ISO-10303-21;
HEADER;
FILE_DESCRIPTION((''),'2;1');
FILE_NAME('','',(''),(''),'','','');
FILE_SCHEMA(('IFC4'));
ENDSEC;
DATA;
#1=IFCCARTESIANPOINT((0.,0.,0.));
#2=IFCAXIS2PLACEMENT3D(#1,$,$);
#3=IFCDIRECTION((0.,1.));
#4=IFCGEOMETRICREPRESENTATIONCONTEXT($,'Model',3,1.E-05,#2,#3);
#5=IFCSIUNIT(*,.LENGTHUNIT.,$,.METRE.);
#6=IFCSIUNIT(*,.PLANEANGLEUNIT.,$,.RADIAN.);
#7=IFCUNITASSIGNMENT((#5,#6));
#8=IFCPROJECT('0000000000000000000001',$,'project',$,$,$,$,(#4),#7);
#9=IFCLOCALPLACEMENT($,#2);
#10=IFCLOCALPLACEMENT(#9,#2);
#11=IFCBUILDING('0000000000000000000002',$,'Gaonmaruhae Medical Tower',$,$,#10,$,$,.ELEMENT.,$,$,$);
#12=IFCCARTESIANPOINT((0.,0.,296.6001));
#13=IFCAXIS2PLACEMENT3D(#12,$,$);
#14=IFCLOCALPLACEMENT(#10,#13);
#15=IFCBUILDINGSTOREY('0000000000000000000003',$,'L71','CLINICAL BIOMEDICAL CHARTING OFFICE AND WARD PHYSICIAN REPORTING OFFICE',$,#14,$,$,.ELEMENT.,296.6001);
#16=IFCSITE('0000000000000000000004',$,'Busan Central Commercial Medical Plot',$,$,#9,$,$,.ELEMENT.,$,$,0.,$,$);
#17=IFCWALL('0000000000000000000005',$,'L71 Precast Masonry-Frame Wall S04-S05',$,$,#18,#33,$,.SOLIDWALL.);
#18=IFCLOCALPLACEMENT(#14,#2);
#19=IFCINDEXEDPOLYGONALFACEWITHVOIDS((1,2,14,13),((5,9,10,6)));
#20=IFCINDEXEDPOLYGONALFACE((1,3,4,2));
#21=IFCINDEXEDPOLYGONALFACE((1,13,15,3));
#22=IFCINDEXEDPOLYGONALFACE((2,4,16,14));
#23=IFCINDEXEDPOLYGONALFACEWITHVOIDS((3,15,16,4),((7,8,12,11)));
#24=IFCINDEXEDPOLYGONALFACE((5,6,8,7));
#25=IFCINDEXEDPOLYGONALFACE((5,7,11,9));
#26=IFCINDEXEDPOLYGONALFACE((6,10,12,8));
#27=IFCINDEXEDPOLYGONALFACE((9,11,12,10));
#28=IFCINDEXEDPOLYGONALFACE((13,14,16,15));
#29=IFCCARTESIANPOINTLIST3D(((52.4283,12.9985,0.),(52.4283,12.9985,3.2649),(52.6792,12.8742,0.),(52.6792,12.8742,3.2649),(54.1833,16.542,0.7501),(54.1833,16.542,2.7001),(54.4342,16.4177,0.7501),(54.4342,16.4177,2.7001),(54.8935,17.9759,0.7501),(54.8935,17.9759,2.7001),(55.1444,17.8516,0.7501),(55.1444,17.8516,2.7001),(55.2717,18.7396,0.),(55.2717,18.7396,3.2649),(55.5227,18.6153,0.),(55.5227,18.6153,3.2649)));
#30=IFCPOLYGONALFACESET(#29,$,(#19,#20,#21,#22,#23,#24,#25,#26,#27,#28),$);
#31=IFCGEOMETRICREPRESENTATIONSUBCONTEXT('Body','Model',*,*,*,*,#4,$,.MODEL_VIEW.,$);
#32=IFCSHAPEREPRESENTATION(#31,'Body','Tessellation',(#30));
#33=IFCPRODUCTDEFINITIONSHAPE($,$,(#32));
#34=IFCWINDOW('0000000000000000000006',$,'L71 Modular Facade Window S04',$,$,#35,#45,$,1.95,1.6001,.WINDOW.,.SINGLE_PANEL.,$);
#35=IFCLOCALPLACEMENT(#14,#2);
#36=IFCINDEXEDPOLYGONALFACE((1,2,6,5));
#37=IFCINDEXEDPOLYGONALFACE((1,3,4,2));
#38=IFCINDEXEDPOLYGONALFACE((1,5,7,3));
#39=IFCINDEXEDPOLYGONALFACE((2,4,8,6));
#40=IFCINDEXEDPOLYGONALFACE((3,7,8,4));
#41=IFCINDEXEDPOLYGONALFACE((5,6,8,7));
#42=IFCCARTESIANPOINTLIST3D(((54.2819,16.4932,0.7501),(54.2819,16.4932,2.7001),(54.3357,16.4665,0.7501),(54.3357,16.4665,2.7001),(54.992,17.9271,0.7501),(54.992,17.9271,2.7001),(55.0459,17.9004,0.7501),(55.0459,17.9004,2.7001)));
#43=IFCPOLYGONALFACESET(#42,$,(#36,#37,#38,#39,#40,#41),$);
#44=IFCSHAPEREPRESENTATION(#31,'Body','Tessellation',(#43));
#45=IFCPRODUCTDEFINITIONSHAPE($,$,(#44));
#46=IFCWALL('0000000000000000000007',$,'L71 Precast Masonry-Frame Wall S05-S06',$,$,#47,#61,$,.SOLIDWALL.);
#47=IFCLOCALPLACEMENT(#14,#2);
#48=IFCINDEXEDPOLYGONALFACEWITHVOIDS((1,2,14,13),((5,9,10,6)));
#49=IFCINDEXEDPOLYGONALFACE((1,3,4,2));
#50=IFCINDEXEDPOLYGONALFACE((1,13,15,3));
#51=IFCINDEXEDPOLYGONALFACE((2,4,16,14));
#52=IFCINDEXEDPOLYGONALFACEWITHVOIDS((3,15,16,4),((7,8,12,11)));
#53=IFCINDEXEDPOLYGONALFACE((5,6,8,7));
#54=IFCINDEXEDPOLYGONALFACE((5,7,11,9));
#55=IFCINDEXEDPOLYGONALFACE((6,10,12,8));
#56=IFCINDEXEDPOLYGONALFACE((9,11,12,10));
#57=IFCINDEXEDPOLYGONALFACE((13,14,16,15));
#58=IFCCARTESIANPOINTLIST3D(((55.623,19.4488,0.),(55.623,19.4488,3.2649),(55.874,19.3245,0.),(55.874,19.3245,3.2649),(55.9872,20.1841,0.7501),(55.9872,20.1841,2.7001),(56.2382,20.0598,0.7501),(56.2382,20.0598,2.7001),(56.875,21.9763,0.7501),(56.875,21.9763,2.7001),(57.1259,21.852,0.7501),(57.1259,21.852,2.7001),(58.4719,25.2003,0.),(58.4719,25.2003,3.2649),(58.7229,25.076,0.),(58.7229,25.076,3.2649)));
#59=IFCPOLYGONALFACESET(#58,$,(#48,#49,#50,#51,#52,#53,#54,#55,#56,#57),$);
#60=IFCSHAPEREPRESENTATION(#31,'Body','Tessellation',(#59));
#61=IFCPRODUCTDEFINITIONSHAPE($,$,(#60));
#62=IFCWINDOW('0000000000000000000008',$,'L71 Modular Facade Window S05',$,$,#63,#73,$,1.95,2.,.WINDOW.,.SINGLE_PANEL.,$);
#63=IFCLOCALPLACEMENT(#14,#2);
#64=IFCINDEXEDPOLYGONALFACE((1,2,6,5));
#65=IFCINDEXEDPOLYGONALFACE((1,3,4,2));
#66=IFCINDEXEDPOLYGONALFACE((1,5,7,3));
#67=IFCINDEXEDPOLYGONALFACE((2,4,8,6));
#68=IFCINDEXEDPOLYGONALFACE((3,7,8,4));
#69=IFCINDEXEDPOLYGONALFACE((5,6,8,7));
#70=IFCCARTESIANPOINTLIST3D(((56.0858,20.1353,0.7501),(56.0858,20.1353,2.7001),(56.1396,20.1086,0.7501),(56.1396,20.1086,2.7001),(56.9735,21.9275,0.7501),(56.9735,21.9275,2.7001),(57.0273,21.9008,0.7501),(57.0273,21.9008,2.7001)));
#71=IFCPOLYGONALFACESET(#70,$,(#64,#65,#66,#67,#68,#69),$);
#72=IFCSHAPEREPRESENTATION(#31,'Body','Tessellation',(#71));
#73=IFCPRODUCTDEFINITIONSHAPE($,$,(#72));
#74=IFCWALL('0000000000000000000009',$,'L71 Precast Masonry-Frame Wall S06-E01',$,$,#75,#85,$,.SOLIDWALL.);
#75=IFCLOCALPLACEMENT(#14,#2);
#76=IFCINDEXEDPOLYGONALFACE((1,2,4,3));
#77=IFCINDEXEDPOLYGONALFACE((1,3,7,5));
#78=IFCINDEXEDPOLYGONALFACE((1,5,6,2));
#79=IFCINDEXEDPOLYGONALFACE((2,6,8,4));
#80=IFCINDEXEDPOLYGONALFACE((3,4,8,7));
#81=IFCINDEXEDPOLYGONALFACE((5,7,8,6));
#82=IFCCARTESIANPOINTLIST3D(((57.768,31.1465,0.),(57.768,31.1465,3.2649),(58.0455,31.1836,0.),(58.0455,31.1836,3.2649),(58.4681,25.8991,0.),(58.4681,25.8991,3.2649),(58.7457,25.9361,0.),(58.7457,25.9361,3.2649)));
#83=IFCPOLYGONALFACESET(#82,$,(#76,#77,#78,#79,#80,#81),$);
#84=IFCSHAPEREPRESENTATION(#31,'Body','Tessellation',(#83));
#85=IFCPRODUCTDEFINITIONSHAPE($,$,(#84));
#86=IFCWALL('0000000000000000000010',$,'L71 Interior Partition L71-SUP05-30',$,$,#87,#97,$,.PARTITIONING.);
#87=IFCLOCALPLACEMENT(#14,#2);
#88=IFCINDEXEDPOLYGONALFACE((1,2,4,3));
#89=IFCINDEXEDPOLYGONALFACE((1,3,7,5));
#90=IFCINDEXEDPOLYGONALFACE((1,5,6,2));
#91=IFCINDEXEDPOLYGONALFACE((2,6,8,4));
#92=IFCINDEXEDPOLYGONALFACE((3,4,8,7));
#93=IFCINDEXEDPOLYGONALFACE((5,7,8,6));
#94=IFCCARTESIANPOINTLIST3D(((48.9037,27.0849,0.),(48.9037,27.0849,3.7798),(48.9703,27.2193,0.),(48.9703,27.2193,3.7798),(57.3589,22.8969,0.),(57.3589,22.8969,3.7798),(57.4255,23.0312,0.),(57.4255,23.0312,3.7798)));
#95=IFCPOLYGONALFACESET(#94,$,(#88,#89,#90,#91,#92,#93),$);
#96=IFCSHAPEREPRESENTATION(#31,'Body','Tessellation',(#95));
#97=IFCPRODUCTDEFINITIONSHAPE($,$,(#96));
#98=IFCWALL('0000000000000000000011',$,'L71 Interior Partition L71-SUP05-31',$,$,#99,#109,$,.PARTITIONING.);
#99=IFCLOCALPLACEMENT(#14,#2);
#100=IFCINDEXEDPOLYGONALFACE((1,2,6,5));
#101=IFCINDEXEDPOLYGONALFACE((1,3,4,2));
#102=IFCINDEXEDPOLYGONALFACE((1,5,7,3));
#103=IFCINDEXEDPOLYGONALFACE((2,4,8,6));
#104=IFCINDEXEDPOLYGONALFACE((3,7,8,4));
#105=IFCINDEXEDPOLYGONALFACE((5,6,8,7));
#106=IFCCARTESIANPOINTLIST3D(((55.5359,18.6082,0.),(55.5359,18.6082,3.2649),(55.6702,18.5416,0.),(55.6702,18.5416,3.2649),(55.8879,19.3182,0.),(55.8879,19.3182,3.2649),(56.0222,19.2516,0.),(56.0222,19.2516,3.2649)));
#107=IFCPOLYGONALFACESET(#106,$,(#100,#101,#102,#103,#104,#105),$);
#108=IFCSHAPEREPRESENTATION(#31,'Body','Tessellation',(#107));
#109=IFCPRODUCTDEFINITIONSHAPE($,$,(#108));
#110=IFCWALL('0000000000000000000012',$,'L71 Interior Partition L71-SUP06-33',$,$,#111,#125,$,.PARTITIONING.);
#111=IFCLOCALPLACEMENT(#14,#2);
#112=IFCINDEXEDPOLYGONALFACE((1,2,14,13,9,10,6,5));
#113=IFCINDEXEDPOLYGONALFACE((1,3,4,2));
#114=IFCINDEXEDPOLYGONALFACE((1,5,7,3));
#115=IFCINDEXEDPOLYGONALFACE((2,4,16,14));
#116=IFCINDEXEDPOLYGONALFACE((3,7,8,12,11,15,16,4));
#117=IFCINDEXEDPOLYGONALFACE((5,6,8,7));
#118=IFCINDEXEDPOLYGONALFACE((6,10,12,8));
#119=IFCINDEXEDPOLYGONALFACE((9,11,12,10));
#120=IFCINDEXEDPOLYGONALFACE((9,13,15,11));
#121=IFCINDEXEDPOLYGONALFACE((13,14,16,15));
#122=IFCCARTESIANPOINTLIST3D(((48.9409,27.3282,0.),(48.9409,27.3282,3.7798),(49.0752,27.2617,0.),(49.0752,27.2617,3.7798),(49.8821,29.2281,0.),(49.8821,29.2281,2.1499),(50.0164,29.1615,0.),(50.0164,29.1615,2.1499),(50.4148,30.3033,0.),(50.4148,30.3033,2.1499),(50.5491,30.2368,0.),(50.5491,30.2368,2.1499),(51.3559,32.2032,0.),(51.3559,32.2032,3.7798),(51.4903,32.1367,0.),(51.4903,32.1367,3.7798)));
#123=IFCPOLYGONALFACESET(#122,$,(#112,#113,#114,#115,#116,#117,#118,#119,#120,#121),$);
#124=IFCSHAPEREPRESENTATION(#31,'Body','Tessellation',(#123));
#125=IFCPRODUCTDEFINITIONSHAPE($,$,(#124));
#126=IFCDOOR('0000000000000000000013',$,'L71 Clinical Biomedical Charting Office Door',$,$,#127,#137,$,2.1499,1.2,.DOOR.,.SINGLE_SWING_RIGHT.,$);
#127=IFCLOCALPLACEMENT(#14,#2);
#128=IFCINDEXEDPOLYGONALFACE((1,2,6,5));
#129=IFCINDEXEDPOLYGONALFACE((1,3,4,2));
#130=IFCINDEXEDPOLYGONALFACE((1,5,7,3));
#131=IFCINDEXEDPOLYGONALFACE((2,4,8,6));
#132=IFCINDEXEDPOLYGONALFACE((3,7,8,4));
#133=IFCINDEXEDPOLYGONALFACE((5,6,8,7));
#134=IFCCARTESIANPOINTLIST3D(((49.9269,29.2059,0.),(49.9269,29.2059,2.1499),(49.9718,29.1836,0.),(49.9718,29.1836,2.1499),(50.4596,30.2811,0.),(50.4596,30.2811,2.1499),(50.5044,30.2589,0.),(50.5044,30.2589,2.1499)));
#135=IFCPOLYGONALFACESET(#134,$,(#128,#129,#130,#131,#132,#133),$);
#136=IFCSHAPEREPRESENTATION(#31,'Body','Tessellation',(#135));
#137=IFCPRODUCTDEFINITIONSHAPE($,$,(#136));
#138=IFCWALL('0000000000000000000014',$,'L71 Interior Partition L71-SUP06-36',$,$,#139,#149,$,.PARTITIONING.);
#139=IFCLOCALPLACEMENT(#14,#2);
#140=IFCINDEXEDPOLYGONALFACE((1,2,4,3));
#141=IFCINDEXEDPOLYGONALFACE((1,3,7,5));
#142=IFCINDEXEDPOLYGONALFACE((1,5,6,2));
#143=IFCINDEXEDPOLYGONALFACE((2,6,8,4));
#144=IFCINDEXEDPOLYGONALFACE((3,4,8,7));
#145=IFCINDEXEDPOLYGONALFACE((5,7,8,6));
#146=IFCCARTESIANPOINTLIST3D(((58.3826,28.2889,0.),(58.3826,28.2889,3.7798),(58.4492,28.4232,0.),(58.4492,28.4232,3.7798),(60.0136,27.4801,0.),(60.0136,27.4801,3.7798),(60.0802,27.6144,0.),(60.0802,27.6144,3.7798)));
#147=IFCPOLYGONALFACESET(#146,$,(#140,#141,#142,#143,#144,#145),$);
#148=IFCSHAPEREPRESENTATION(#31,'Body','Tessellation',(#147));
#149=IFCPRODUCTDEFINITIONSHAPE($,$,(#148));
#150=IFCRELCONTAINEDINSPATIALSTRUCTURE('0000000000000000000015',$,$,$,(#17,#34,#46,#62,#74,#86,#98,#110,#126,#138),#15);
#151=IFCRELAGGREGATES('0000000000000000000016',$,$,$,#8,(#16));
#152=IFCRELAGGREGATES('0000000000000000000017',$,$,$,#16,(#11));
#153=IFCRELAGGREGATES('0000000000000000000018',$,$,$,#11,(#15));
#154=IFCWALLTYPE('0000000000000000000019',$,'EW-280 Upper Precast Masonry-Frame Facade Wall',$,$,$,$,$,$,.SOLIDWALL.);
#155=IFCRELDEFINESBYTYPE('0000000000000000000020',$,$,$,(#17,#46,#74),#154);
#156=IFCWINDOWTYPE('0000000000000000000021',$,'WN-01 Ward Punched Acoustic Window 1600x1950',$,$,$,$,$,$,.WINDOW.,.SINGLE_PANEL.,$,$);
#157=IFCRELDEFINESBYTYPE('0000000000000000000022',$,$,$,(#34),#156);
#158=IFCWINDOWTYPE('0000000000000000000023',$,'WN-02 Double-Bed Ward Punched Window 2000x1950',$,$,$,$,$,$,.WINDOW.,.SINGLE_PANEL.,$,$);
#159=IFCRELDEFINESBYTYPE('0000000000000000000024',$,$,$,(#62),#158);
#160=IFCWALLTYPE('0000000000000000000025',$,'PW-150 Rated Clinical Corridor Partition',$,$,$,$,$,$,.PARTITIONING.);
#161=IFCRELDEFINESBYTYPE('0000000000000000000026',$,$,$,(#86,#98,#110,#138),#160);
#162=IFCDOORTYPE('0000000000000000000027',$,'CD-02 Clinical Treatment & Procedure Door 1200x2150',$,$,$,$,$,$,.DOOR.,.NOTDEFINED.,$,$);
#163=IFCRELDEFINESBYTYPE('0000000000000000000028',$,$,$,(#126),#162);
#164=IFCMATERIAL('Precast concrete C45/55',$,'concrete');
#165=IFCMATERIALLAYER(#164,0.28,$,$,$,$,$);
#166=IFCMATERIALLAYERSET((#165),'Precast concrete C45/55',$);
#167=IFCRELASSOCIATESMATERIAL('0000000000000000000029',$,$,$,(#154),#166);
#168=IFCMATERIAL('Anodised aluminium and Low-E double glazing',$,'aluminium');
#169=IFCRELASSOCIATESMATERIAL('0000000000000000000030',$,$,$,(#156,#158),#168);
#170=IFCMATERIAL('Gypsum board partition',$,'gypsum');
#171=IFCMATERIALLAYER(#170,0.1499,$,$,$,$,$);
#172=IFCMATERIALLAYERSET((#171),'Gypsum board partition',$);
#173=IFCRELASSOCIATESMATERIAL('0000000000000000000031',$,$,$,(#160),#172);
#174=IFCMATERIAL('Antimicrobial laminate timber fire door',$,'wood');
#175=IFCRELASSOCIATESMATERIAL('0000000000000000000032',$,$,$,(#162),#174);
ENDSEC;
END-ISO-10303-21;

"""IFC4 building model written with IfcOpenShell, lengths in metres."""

from ifc_helpers import new_model, si_unit, direction, frame, frame_2d, origin, place, context, subcontext, project, spatial, rectangle, extrude, material, layer, layer_set, type_object, element, fill, save


model = new_model("IFC4")

# Units and contexts
model_context = context("Model", 3, precision=1e-05, world=origin(), true_north=direction((0.0, 1.0)))
body_context = subcontext(model_context, "Body", "Model", "MODEL_VIEW")
ifc_project = project(units=[si_unit("LENGTHUNIT", "METRE"), si_unit("PLANEANGLEUNIT", "RADIAN")], contexts=[model_context])

# Site, building, storey
site_placement = place(None, origin())
site = spatial("IfcSite", under=ifc_project, at=site_placement, Name="Busan Central Commercial Medical Plot", CompositionType="ELEMENT", RefElevation=0.0)
building_placement = place(site_placement, origin())
building = spatial("IfcBuilding", under=site, at=building_placement, Name="Gaonmaruhae Medical Tower", CompositionType="ELEMENT")
storey_placement = place(building_placement, frame((0.0, 0.0, 296.6001)))
storey = spatial("IfcBuildingStorey", under=building, at=storey_placement, Name="L71", Description="CLINICAL BIOMEDICAL CHARTING OFFICE AND WARD PHYSICIAN REPORTING OFFICE", CompositionType="ELEMENT", Elevation=296.6001)

# Walls, openings, windows
ifc_material_1 = material(Name="Precast concrete C45/55", Category="concrete")
ifc_layer_1 = layer(ifc_material_1, 0.28)
ifc_layer_set_1 = layer_set([ifc_layer_1], Name="Precast concrete C45/55")
wall_type_1 = type_object("IfcWallType", Name="EW-280 Upper Precast Masonry-Frame Facade Wall", PredefinedType="SOLIDWALL", material=ifc_layer_set_1)
wall_1_placement = place(storey_placement, frame((55.3972, 18.6775, 0.0), z_axis=(0.0, 0.0, 1.0), x_axis=(-0.443827, -0.896113, 0.0)))
wall_1 = element("IfcWall", 1, at=wall_1_placement, inside=storey, type_object=wall_type_1, Name="L71 Precast Masonry-Frame Wall S04-S05", PredefinedType="SOLIDWALL", context=body_context, shape_type="SweptSolid", body=[
    extrude(rectangle(XDim=6.4067, YDim=0.28, at=frame_2d((3.2034, 0.0))), origin(), (0.0, 0.0, 1.0), 3.2649),
])
opening_1_placement = place(wall_1_placement, frame((0.8523, 0.0, 0.75)))
opening_1 = element("IfcOpeningElement", 2, at=opening_1_placement, cuts=wall_1, PredefinedType="OPENING", context=body_context, shape_type="SweptSolid", body=[
    extrude(rectangle(XDim=1.6001, YDim=1.95, at=frame_2d((0.8, 0.9751))), frame((0.0, 0.1499, 0.0), z_axis=(0.0, -1.0, 0.0), x_axis=(1.0, 0.0, 0.0)), (0.0, 0.0, 1.0), 0.3),
])
ifc_material_2 = material(Name="Anodised aluminium and Low-E double glazing", Category="aluminium")
window_type_1 = type_object("IfcWindowType", Name="WN-01 Ward Punched Acoustic Window 1600x1950", PartitioningType="SINGLE_PANEL", PredefinedType="WINDOW", material=ifc_material_2)
window_1_placement = place(opening_1_placement, origin())
window_1 = element("IfcWindow", 3, at=window_1_placement, inside=storey, type_object=window_type_1, Name="L71 Modular Facade Window S04", OverallHeight=1.95, OverallWidth=1.6001, PartitioningType="SINGLE_PANEL", PredefinedType="WINDOW", context=body_context, shape_type="SweptSolid", body=[
    extrude(rectangle(XDim=1.6001, YDim=1.95, at=frame_2d((0.8, 0.9751))), frame((0.0, 0.03, 0.0), z_axis=(0.0, -1.0, 0.0), x_axis=(1.0, 0.0, 0.0)), (0.0, 0.0, 1.0), 0.0601),
])
fill(opening_1, window_1)
wall_2_placement = place(storey_placement, frame((58.5974, 25.1382, 0.0), z_axis=(0.0, 0.0, 1.0), x_axis=(-0.443863, -0.896095, 0.0)))
wall_2 = element("IfcWall", 4, at=wall_2_placement, inside=storey, type_object=wall_type_1, Name="L71 Precast Masonry-Frame Wall S05-S06", PredefinedType="SOLIDWALL", context=body_context, shape_type="SweptSolid", body=[
    extrude(rectangle(XDim=6.4185, YDim=0.28, at=frame_2d((3.2092, 0.0))), origin(), (0.0, 0.0, 1.0), 3.2649),
])
opening_2_placement = place(wall_2_placement, frame((3.5979, 0.0, 0.75)))
opening_2 = element("IfcOpeningElement", 5, at=opening_2_placement, cuts=wall_2, PredefinedType="OPENING", context=body_context, shape_type="SweptSolid", body=[
    extrude(rectangle(XDim=2.0, YDim=1.95, at=frame_2d((1.0, 0.9751))), frame((0.0, 0.1499, 0.0), z_axis=(0.0, -1.0, 0.0), x_axis=(1.0, 0.0, 0.0)), (0.0, 0.0, 1.0), 0.3),
])
window_type_2 = type_object("IfcWindowType", Name="WN-02 Double-Bed Ward Punched Window 2000x1950", PartitioningType="SINGLE_PANEL", PredefinedType="WINDOW", material=ifc_material_2)
window_2_placement = place(opening_2_placement, origin())
window_2 = element("IfcWindow", 6, at=window_2_placement, inside=storey, type_object=window_type_2, Name="L71 Modular Facade Window S05", OverallHeight=1.95, OverallWidth=2.0, PartitioningType="SINGLE_PANEL", PredefinedType="WINDOW", context=body_context, shape_type="SweptSolid", body=[
    extrude(rectangle(XDim=2.0, YDim=1.95, at=frame_2d((1.0, 0.9751))), frame((0.0, 0.03, 0.0), z_axis=(0.0, -1.0, 0.0), x_axis=(1.0, 0.0, 0.0)), (0.0, 0.0, 1.0), 0.0601),
])
fill(opening_2, window_2)

# Walls
wall_3_placement = place(storey_placement, frame((57.9067, 31.165, 0.0), z_axis=(0.0, 0.0, 1.0), x_axis=(0.13226, -0.991215, 0.0)))
element("IfcWall", 7, at=wall_3_placement, inside=storey, type_object=wall_type_1, Name="L71 Precast Masonry-Frame Wall S06-E01", PredefinedType="SOLIDWALL", context=body_context, shape_type="SweptSolid", body=[
    extrude(rectangle(XDim=5.2939, YDim=0.28, at=frame_2d((2.647, 0.0))), origin(), (0.0, 0.0, 1.0), 3.2649),
])
ifc_material_3 = material(Name="Gypsum board partition", Category="gypsum")
ifc_layer_2 = layer(ifc_material_3, 0.1499)
ifc_layer_set_2 = layer_set([ifc_layer_2], Name="Gypsum board partition")
wall_type_2 = type_object("IfcWallType", Name="PW-150 Rated Clinical Corridor Partition", PredefinedType="PARTITIONING", material=ifc_layer_set_2)
wall_4_placement = place(storey_placement, frame((48.937, 27.1521, 0.0), z_axis=(0.0, 0.0, 1.0), x_axis=(0.896098, -0.443857, 0.0)))
element("IfcWall", 8, at=wall_4_placement, inside=storey, type_object=wall_type_2, Name="L71 Interior Partition L71-SUP05-30", PredefinedType="PARTITIONING", context=body_context, shape_type="SweptSolid", body=[
    extrude(rectangle(XDim=9.4355, YDim=0.1499, at=frame_2d((4.7178, 0.0))), origin(), (0.0, 0.0, 1.0), 3.7798),
])
wall_5_placement = place(storey_placement, frame((55.9551, 19.2849, 0.0), z_axis=(0.0, 0.0, 1.0), x_axis=(-0.444254, -0.895901, 0.0)))
element("IfcWall", 9, at=wall_5_placement, inside=storey, type_object=wall_type_2, Name="L71 Interior Partition L71-SUP05-31", PredefinedType="PARTITIONING", context=body_context, shape_type="SweptSolid", body=[
    extrude(rectangle(XDim=0.7925, YDim=0.1499, at=frame_2d((0.3962, 0.0))), origin(), (0.0, 0.0, 1.0), 3.2649),
])

# Wall, opening, door
wall_6_placement = place(storey_placement, frame((49.0081, 27.2949, 0.0), z_axis=(0.0, 0.0, 1.0), x_axis=(0.443908, 0.896073, 0.0)))
wall_6 = element("IfcWall", 10, at=wall_6_placement, inside=storey, type_object=wall_type_2, Name="L71 Interior Partition L71-SUP06-33", PredefinedType="PARTITIONING", context=body_context, shape_type="SweptSolid", body=[
    extrude(rectangle(XDim=5.4404, YDim=0.1499, at=frame_2d((2.7202, 0.0))), origin(), (0.0, 0.0, 1.0), 3.7798),
])
opening_3_placement = place(wall_6_placement, frame((2.1201, 0.0, 0.0)))
opening_3 = element("IfcOpeningElement", 11, at=opening_3_placement, cuts=wall_6, PredefinedType="OPENING", context=body_context, shape_type="SweptSolid", body=[
    extrude(rectangle(XDim=1.2, YDim=2.1499, at=frame_2d((0.6001, 1.075))), frame((0.0, 0.085, 0.0), z_axis=(0.0, -1.0, 0.0), x_axis=(1.0, 0.0, 0.0)), (0.0, 0.0, 1.0), 0.1699),
])
ifc_material_4 = material(Name="Antimicrobial laminate timber fire door", Category="wood")
door_type = type_object("IfcDoorType", Name="CD-02 Clinical Treatment & Procedure Door 1200x2150", OperationType="NOTDEFINED", PredefinedType="DOOR", material=ifc_material_4)
door_1_placement = place(opening_3_placement, origin())
door_1 = element("IfcDoor", 12, at=door_1_placement, inside=storey, type_object=door_type, Name="L71 Clinical Biomedical Charting Office Door", OperationType="SINGLE_SWING_RIGHT", OverallHeight=2.1499, OverallWidth=1.2, PredefinedType="DOOR", context=body_context, shape_type="SweptSolid", body=[
    extrude(rectangle(XDim=1.2, YDim=2.1499, at=frame_2d((0.6001, 1.075))), frame((0.0, 0.0249, 0.0), z_axis=(0.0, -1.0, 0.0), x_axis=(1.0, 0.0, 0.0)), (0.0, 0.0, 1.0), 0.05),
])
fill(opening_3, door_1)

# Wall
wall_7_placement = place(storey_placement, frame((58.416, 28.356, 0.0), z_axis=(0.0, 0.0, 1.0), x_axis=(0.895897, -0.444261, 0.0)))
element("IfcWall", 13, at=wall_7_placement, inside=storey, type_object=wall_type_2, Name="L71 Interior Partition L71-SUP06-36", PredefinedType="PARTITIONING", context=body_context, shape_type="SweptSolid", body=[
    extrude(rectangle(XDim=1.8206, YDim=0.1499, at=frame_2d((0.9102, 0.0))), origin(), (0.0, 0.0, 1.0), 3.7798),
])

save(model, "model.ifc")
